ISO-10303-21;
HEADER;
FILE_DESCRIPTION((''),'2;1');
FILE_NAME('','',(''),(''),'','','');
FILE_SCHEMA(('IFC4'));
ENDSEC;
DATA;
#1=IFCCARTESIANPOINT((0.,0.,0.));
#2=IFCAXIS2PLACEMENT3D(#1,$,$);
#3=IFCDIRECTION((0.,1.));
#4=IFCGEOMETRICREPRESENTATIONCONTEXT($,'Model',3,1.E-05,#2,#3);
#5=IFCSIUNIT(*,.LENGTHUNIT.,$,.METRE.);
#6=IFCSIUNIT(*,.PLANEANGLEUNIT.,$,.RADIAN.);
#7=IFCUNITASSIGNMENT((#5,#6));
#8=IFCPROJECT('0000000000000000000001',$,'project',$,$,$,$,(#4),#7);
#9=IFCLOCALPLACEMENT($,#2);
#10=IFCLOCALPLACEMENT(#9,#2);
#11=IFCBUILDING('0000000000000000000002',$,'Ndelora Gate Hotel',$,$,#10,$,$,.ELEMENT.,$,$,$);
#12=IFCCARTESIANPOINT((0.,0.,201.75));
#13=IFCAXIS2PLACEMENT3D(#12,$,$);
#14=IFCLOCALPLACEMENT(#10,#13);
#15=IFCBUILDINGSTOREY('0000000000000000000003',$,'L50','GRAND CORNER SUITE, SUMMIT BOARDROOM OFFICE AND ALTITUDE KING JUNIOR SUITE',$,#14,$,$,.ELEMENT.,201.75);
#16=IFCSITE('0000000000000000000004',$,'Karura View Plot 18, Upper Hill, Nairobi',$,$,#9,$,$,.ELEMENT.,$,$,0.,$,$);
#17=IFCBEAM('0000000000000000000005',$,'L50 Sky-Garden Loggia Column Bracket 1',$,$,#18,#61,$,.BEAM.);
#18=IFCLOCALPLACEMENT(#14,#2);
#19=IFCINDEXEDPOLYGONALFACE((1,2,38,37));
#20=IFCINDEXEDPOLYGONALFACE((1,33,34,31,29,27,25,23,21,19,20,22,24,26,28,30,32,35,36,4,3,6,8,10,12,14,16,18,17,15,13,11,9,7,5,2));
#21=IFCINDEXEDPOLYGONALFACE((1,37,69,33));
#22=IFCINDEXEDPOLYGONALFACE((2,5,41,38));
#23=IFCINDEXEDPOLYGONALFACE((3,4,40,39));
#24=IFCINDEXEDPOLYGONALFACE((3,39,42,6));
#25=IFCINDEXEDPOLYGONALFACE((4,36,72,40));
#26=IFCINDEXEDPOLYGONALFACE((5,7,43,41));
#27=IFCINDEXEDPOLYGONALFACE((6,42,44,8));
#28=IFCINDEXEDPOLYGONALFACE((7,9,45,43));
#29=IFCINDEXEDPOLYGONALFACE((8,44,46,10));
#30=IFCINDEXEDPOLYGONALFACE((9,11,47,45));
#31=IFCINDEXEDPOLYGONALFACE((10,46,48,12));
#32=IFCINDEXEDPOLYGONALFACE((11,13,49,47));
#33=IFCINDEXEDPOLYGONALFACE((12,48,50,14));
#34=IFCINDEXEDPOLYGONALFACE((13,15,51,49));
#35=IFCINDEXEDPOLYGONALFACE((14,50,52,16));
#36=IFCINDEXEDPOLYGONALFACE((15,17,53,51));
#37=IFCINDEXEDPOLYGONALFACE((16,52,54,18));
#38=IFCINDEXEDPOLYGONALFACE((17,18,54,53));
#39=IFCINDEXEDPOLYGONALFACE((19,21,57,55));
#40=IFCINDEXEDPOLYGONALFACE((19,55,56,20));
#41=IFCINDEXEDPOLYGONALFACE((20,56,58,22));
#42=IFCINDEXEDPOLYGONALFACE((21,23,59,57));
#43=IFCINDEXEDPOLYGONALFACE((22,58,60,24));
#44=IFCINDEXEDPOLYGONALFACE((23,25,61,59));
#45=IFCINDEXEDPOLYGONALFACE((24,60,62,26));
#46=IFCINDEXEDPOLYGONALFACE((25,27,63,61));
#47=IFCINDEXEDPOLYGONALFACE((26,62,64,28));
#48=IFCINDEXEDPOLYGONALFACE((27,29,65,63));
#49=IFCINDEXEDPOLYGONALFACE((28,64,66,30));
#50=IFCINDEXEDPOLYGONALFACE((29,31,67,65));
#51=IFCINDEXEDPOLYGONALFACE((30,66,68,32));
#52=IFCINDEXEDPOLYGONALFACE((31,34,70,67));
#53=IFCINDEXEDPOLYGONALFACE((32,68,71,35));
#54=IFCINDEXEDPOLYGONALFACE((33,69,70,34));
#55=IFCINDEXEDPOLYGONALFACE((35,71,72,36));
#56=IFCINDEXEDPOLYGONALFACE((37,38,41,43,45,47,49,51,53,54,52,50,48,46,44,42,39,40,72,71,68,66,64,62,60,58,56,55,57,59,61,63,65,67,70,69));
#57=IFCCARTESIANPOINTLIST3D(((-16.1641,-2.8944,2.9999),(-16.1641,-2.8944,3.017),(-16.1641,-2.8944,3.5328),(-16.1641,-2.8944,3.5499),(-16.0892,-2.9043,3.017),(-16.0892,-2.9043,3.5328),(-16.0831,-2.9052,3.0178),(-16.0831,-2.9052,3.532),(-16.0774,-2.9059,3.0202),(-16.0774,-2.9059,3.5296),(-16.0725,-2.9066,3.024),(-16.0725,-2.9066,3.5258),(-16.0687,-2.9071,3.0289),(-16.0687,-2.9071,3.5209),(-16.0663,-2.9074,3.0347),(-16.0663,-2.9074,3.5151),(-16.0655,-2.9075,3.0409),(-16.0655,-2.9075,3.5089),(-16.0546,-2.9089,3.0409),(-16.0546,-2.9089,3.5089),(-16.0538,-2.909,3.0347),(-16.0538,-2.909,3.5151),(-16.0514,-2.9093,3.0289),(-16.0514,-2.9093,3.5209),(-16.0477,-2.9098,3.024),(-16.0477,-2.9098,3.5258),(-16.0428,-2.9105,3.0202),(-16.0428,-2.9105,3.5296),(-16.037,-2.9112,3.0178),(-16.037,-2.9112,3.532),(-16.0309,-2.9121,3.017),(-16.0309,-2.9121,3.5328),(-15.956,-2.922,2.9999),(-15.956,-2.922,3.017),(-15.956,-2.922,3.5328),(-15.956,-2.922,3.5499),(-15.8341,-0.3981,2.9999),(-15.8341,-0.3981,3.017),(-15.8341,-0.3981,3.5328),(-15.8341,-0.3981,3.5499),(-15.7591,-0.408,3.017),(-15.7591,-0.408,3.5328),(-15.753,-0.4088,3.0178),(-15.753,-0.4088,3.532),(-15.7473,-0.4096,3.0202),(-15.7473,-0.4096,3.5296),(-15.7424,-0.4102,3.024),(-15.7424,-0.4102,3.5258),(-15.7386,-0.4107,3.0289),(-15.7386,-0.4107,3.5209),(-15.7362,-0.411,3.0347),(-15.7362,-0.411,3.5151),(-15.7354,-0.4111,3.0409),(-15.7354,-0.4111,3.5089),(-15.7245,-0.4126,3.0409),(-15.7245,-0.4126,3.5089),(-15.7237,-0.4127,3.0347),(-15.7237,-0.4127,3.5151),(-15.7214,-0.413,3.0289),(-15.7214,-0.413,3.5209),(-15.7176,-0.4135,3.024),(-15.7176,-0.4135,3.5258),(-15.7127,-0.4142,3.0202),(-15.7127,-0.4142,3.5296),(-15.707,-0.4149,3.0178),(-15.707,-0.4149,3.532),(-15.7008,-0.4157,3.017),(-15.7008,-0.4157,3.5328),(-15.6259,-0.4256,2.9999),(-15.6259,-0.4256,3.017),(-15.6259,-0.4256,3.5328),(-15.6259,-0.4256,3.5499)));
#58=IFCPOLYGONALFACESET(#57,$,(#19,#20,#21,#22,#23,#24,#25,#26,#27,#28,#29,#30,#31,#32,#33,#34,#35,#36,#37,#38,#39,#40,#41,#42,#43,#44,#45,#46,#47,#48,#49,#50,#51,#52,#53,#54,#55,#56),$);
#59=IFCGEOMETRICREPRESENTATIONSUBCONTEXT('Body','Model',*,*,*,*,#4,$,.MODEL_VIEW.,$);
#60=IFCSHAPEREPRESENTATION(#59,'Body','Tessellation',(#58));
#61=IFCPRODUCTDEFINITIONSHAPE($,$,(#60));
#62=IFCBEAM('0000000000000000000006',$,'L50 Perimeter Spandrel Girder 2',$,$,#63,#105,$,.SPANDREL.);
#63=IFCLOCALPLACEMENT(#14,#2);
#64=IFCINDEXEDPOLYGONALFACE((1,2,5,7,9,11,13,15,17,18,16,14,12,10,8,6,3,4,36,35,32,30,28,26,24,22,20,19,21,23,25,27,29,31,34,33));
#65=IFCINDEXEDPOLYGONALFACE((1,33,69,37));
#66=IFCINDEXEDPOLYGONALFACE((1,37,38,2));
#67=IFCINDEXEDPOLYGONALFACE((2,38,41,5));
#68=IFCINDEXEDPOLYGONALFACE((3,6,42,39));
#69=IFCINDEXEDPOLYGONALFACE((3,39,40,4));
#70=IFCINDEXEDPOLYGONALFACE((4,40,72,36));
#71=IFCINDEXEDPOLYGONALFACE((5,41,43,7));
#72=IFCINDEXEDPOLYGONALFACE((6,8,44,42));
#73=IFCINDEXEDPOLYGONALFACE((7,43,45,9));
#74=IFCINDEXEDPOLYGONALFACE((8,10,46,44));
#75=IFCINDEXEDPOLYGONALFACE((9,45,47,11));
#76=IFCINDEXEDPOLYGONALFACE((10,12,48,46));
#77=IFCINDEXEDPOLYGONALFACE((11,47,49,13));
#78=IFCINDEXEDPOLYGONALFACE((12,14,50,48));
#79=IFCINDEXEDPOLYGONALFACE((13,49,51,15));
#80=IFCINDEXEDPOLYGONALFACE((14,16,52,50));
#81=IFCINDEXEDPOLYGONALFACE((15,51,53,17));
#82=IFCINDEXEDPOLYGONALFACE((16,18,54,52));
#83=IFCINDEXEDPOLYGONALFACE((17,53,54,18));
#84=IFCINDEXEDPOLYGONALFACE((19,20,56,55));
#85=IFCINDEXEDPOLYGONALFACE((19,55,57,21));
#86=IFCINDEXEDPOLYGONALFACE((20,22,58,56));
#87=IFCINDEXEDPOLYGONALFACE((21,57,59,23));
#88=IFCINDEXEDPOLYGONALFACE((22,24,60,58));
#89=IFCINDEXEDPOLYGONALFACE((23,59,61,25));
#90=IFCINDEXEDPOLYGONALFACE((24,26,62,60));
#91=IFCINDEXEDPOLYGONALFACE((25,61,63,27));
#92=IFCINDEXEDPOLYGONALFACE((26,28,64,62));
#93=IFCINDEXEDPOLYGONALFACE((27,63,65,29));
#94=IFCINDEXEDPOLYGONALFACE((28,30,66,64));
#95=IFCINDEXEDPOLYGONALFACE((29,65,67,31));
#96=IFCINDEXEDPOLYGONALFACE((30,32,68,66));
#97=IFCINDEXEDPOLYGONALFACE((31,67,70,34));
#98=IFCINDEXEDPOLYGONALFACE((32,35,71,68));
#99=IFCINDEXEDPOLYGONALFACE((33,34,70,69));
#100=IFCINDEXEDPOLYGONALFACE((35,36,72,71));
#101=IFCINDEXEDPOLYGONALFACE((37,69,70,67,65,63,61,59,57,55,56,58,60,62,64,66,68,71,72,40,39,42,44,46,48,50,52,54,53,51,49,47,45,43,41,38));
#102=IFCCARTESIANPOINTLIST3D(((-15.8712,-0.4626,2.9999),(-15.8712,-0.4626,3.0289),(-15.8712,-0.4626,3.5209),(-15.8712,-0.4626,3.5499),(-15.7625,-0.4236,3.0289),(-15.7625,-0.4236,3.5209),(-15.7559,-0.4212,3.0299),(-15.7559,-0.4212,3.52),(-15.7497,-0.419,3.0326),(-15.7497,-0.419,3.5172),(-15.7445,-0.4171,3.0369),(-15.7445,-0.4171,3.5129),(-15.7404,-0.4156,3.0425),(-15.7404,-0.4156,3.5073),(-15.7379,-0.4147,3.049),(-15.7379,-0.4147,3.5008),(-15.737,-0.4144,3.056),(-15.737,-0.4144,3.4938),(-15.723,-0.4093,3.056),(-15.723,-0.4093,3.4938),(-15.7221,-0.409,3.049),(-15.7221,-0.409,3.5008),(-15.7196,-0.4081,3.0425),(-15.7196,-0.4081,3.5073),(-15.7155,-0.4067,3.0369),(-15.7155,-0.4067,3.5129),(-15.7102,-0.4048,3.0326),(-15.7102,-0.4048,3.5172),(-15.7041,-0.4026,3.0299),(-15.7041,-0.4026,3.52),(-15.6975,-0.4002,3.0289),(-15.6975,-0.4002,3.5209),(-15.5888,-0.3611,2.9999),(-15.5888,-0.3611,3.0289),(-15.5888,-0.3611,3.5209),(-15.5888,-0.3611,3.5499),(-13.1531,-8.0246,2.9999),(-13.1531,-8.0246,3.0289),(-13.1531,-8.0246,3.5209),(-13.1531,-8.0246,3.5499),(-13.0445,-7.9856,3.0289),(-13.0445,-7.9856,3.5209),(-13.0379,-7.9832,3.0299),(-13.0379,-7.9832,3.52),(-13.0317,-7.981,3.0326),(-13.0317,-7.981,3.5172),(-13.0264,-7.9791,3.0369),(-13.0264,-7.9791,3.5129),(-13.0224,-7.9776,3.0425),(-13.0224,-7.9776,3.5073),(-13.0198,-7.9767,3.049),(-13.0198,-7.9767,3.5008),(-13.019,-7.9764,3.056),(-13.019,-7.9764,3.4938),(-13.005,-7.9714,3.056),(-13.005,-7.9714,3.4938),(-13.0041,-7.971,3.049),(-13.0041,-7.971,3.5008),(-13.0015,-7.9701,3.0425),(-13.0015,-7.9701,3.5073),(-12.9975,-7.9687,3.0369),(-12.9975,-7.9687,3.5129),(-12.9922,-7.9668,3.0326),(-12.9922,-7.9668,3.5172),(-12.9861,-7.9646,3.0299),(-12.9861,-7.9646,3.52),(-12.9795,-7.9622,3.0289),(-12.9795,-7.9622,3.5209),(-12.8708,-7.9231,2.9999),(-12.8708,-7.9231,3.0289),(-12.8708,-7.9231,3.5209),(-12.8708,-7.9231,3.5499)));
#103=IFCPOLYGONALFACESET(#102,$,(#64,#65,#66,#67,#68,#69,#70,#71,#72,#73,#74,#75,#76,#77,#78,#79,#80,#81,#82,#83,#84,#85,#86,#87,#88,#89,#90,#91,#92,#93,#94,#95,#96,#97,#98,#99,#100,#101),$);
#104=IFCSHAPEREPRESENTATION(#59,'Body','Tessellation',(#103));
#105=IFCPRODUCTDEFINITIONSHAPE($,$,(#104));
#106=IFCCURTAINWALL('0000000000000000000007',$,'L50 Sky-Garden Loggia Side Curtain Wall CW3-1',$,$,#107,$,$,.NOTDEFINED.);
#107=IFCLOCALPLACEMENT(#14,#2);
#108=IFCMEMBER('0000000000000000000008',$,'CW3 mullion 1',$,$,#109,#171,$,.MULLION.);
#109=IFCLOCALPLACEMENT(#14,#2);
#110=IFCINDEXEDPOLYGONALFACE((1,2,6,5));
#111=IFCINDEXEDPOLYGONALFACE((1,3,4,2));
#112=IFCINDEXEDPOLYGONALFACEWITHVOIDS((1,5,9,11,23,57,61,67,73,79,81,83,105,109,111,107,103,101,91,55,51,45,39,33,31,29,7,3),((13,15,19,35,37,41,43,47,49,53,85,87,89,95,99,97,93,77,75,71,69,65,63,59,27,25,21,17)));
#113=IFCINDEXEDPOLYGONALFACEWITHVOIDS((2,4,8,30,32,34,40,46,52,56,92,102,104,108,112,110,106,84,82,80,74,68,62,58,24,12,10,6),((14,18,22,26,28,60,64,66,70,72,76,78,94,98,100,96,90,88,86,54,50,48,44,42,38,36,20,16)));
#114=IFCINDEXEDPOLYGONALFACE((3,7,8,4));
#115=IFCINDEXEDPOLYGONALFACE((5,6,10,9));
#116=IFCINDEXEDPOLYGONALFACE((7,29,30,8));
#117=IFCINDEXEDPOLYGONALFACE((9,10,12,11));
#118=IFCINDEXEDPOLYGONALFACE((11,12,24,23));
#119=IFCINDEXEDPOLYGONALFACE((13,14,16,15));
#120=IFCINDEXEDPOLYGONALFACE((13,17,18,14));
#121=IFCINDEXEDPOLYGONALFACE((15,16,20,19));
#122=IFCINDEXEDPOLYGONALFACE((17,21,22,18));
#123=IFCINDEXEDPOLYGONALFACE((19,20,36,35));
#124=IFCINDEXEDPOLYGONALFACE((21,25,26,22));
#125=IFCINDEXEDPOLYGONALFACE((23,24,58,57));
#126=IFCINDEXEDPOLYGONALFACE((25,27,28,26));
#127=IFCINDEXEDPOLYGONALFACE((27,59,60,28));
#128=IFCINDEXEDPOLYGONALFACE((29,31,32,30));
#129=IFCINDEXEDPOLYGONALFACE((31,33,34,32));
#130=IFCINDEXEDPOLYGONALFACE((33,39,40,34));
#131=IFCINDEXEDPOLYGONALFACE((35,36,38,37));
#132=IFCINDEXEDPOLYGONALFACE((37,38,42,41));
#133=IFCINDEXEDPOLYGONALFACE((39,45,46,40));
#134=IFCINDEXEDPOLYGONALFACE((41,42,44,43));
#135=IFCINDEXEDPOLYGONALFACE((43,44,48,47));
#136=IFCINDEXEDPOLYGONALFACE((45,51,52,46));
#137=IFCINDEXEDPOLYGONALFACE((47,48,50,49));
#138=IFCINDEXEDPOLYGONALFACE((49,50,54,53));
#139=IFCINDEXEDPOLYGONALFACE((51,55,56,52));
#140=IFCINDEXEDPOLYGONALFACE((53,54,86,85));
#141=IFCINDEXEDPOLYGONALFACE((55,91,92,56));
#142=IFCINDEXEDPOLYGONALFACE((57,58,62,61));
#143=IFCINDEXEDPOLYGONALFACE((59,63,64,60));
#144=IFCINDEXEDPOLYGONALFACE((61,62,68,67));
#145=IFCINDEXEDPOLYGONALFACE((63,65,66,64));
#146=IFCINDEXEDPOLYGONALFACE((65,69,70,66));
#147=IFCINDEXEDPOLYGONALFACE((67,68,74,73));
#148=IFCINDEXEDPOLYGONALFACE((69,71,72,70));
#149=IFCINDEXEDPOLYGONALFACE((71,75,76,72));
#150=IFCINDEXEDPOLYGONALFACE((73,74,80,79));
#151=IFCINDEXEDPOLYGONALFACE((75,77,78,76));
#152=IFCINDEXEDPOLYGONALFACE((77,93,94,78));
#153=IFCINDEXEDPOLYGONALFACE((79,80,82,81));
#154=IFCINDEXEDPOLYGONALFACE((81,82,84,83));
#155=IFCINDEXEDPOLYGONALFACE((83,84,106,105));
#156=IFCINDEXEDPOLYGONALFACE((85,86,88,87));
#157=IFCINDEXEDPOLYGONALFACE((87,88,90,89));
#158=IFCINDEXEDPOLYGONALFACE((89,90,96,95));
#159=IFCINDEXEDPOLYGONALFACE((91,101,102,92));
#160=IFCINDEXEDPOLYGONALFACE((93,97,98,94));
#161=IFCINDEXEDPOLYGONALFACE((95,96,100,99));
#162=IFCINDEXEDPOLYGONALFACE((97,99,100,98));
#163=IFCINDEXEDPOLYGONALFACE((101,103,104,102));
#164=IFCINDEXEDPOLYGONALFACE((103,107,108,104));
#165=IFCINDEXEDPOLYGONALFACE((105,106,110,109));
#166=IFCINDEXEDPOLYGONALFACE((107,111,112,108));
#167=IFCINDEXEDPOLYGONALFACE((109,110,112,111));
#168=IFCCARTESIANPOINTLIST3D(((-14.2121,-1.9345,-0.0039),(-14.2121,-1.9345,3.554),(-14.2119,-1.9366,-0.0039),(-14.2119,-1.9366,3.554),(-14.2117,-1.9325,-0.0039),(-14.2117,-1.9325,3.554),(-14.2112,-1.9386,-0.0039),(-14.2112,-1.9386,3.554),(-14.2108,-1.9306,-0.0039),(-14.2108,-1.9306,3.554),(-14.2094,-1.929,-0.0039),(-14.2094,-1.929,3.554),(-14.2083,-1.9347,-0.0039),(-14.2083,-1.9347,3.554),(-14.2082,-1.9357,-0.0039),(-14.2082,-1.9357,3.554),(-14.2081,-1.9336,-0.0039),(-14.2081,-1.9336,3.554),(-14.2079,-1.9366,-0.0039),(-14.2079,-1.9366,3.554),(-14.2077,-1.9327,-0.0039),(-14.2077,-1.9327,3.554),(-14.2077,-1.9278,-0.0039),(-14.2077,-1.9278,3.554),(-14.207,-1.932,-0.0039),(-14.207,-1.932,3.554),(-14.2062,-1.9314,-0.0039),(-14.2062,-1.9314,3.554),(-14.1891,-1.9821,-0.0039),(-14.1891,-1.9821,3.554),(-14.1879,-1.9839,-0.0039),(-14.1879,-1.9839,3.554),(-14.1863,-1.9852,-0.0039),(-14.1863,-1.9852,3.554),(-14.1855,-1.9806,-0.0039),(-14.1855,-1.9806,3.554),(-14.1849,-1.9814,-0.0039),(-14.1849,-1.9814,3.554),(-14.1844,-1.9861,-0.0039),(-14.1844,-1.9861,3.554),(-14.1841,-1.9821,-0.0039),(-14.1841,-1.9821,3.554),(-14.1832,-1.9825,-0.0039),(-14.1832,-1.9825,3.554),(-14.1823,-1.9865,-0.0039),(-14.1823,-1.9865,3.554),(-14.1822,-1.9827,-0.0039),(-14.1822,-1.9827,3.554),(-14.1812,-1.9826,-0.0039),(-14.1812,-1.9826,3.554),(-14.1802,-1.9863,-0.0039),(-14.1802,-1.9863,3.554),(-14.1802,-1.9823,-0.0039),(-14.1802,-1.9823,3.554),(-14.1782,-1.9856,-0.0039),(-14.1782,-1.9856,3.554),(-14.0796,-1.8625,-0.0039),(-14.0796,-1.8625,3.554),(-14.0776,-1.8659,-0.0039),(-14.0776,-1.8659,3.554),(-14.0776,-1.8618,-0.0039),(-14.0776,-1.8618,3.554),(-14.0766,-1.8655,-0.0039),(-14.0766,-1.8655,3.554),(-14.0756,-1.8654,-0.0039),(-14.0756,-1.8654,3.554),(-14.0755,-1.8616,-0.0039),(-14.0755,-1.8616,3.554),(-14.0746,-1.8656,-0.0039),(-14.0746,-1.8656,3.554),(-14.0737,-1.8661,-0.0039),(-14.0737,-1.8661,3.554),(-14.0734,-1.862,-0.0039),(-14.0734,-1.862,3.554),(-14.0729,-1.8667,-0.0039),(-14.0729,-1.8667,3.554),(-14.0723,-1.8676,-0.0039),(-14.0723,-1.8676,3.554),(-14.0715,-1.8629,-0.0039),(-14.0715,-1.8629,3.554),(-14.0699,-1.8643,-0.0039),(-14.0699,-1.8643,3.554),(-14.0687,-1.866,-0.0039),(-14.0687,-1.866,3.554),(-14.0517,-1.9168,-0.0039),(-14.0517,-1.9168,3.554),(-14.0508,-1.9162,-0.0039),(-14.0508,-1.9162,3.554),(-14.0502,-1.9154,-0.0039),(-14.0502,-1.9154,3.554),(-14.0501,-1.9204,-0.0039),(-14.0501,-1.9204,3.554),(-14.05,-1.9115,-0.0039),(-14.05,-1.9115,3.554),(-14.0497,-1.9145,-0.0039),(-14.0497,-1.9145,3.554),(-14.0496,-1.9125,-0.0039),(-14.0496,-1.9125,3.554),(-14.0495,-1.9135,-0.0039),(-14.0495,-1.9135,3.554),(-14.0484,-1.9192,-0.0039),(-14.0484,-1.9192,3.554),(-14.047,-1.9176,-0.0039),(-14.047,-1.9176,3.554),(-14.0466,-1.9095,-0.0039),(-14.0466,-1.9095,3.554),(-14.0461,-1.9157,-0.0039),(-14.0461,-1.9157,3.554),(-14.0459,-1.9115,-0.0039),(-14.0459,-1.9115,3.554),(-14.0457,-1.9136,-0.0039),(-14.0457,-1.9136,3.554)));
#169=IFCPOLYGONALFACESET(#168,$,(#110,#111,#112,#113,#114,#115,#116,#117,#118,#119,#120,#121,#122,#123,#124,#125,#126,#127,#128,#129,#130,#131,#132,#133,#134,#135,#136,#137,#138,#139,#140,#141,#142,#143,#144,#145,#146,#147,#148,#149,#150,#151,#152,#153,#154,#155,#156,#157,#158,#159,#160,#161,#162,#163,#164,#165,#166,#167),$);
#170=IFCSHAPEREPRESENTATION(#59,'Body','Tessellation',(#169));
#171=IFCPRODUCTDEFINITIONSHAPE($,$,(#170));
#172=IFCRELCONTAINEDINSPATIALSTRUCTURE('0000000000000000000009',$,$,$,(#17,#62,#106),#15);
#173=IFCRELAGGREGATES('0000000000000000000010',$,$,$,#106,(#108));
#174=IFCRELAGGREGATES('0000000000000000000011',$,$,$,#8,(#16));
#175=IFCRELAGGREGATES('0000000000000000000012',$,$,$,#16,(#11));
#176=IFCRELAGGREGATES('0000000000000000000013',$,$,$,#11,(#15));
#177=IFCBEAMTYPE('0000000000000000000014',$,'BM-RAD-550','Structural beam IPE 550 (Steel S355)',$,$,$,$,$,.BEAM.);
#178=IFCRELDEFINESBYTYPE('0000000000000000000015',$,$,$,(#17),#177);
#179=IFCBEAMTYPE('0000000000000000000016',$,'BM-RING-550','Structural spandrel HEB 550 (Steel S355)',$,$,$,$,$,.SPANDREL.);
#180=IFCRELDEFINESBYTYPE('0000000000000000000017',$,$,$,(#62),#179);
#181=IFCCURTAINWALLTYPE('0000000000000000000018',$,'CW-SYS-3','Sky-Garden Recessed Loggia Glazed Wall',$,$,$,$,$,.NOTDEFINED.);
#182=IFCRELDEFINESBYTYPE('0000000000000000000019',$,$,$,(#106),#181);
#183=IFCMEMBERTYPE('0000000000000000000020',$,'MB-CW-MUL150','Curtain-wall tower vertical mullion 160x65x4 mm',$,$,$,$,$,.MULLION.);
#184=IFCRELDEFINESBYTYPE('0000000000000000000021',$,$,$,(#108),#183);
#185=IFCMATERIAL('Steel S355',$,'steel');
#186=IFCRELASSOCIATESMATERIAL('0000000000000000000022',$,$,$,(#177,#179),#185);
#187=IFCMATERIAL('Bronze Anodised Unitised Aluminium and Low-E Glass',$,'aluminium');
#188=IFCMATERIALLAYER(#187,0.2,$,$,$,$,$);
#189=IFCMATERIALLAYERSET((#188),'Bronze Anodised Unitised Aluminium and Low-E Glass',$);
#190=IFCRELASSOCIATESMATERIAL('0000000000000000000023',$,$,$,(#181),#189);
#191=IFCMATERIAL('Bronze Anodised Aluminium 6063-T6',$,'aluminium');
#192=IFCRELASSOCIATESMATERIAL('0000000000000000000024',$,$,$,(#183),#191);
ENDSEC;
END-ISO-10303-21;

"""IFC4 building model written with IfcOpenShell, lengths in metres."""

from ifc_helpers import new_model, si_unit, direction, frame, origin, origin_2d, place, context, subcontext, project, spatial, hollow_rectangle, i_section, extrude, material, layer, layer_set, material_profile, profile_set, type_object, element, aggregate, save


model = new_model("IFC4")

# Units and contexts
model_context = context("Model", 3, precision=1e-05, world=origin(), true_north=direction((0.0, 1.0)))
body_context = subcontext(model_context, "Body", "Model", "MODEL_VIEW")
ifc_project = project(units=[si_unit("LENGTHUNIT", "METRE"), si_unit("PLANEANGLEUNIT", "RADIAN")], contexts=[model_context])

# Site, building, storey
site_placement = place(None, origin())
site = spatial("IfcSite", under=ifc_project, at=site_placement, Name="Karura View Plot 18, Upper Hill, Nairobi", CompositionType="ELEMENT", RefElevation=0.0)
building_placement = place(site_placement, origin())
building = spatial("IfcBuilding", under=site, at=building_placement, Name="Ndelora Gate Hotel", CompositionType="ELEMENT")
storey_placement = place(building_placement, frame((0.0, 0.0, 201.75)))
storey = spatial("IfcBuildingStorey", under=building, at=storey_placement, Name="L50", Description="GRAND CORNER SUITE, SUMMIT BOARDROOM OFFICE AND ALTITUDE KING JUNIOR SUITE", CompositionType="ELEMENT", Elevation=201.75)

# Beams
ifc_material_1 = material(Name="Steel S355", Category="steel")
ifc_material_profile_1 = material_profile(ifc_material_1, i_section(OverallWidth=0.21, OverallDepth=0.55, WebThickness=0.011, FlangeThickness=0.0171, FilletRadius=0.0239, at=origin_2d()), Name="IPE 550")
ifc_profile_set_1 = profile_set([ifc_material_profile_1], Name="Steel S355")
beam_type_1 = type_object("IfcBeamType", Name="BM-RAD-550", Description="Structural beam IPE 550 (Steel S355)", PredefinedType="BEAM", material=ifc_profile_set_1)
beam_1_placement = place(storey_placement, frame((-15.73, -0.4119, 3.2749), z_axis=(-0.131084, -0.991371, 0.0), x_axis=(0.991371, -0.131084, 0.0)))
element("IfcBeam", 1, at=beam_1_placement, inside=storey, type_object=beam_type_1, Name="L50 Sky-Garden Loggia Column Bracket 1", PredefinedType="BEAM", context=body_context, shape_type="SweptSolid", body=[
    extrude(i_section(OverallWidth=0.21, OverallDepth=0.55, WebThickness=0.011, FlangeThickness=0.0171, FilletRadius=0.0239, at=origin_2d()), origin(), (0.0, 0.0, 1.0), 2.5181),
])
ifc_material_profile_2 = material_profile(ifc_material_1, i_section(OverallWidth=0.3, OverallDepth=0.55, WebThickness=0.0149, FlangeThickness=0.0291, FilletRadius=0.0271, at=origin_2d()), Name="HEB 550")
ifc_profile_set_2 = profile_set([ifc_material_profile_2], Name="Steel S355")
beam_type_2 = type_object("IfcBeamType", Name="BM-RING-550", Description="Structural spandrel HEB 550 (Steel S355)", PredefinedType="SPANDREL", material=ifc_profile_set_2)
beam_2_placement = place(storey_placement, frame((-15.73, -0.4119, 3.2749), z_axis=(0.338245, -0.941058, 0.0), x_axis=(0.941058, 0.338245, 0.0)))
element("IfcBeam", 2, at=beam_2_placement, inside=storey, type_object=beam_type_2, Name="L50 Perimeter Spandrel Girder 2", PredefinedType="SPANDREL", context=body_context, shape_type="SweptSolid", body=[
    extrude(i_section(OverallWidth=0.3, OverallDepth=0.55, WebThickness=0.0149, FlangeThickness=0.0291, FilletRadius=0.0271, at=origin_2d()), origin(), (0.0, 0.0, 1.0), 8.0356),
])

# Curtain wall, member
ifc_material_2 = material(Name="Bronze Anodised Unitised Aluminium and Low-E Glass", Category="aluminium")
ifc_layer_1 = layer(ifc_material_2, 0.2)
ifc_layer_set_1 = layer_set([ifc_layer_1], Name="Bronze Anodised Unitised Aluminium and Low-E Glass")
curtain_wall_type = type_object("IfcCurtainWallType", Name="CW-SYS-3", Description="Sky-Garden Recessed Loggia Glazed Wall", PredefinedType="NOTDEFINED", material=ifc_layer_set_1)
curtain_wall_placement = place(storey_placement, origin())
curtain_wall = element("IfcCurtainWall", 3, at=curtain_wall_placement, inside=storey, type_object=curtain_wall_type, Name="L50 Sky-Garden Loggia Side Curtain Wall CW3-1", PredefinedType="NOTDEFINED")
ifc_material_3 = material(Name="Bronze Anodised Aluminium 6063-T6", Category="aluminium")
ifc_material_profile_3 = material_profile(ifc_material_3, hollow_rectangle(XDim=0.0649, YDim=0.1599, WallThickness=0.0039, InnerFilletRadius=0.0039, OuterFilletRadius=0.0081, at=origin_2d()), Name="ALU 160x65x4")
ifc_profile_set_3 = profile_set([ifc_material_profile_3], Name="Bronze Anodised Aluminium 6063-T6")
member_type_1 = type_object("IfcMemberType", Name="MB-CW-MUL150", Description="Curtain-wall tower vertical mullion 160x65x4 mm", PredefinedType="MULLION", material=ifc_profile_set_3)
member_1_placement = place(storey_placement, frame((-14.1289, -1.9241, -0.0039), z_axis=(0.0, 0.0, 1.0), x_axis=(0.454001, -0.891001, 0.0)))
member_1 = element("IfcMember", 4, at=member_1_placement, type_object=member_type_1, Name="CW3 mullion 1", PredefinedType="MULLION", context=body_context, shape_type="SweptSolid", body=[
    extrude(hollow_rectangle(XDim=0.0649, YDim=0.1599, WallThickness=0.0039, InnerFilletRadius=0.0039, OuterFilletRadius=0.0081, at=origin_2d()), origin(), (0.0, 0.0, 1.0), 3.5579),
])
aggregate(curtain_wall, [member_1])

save(model, "model.ifc")
